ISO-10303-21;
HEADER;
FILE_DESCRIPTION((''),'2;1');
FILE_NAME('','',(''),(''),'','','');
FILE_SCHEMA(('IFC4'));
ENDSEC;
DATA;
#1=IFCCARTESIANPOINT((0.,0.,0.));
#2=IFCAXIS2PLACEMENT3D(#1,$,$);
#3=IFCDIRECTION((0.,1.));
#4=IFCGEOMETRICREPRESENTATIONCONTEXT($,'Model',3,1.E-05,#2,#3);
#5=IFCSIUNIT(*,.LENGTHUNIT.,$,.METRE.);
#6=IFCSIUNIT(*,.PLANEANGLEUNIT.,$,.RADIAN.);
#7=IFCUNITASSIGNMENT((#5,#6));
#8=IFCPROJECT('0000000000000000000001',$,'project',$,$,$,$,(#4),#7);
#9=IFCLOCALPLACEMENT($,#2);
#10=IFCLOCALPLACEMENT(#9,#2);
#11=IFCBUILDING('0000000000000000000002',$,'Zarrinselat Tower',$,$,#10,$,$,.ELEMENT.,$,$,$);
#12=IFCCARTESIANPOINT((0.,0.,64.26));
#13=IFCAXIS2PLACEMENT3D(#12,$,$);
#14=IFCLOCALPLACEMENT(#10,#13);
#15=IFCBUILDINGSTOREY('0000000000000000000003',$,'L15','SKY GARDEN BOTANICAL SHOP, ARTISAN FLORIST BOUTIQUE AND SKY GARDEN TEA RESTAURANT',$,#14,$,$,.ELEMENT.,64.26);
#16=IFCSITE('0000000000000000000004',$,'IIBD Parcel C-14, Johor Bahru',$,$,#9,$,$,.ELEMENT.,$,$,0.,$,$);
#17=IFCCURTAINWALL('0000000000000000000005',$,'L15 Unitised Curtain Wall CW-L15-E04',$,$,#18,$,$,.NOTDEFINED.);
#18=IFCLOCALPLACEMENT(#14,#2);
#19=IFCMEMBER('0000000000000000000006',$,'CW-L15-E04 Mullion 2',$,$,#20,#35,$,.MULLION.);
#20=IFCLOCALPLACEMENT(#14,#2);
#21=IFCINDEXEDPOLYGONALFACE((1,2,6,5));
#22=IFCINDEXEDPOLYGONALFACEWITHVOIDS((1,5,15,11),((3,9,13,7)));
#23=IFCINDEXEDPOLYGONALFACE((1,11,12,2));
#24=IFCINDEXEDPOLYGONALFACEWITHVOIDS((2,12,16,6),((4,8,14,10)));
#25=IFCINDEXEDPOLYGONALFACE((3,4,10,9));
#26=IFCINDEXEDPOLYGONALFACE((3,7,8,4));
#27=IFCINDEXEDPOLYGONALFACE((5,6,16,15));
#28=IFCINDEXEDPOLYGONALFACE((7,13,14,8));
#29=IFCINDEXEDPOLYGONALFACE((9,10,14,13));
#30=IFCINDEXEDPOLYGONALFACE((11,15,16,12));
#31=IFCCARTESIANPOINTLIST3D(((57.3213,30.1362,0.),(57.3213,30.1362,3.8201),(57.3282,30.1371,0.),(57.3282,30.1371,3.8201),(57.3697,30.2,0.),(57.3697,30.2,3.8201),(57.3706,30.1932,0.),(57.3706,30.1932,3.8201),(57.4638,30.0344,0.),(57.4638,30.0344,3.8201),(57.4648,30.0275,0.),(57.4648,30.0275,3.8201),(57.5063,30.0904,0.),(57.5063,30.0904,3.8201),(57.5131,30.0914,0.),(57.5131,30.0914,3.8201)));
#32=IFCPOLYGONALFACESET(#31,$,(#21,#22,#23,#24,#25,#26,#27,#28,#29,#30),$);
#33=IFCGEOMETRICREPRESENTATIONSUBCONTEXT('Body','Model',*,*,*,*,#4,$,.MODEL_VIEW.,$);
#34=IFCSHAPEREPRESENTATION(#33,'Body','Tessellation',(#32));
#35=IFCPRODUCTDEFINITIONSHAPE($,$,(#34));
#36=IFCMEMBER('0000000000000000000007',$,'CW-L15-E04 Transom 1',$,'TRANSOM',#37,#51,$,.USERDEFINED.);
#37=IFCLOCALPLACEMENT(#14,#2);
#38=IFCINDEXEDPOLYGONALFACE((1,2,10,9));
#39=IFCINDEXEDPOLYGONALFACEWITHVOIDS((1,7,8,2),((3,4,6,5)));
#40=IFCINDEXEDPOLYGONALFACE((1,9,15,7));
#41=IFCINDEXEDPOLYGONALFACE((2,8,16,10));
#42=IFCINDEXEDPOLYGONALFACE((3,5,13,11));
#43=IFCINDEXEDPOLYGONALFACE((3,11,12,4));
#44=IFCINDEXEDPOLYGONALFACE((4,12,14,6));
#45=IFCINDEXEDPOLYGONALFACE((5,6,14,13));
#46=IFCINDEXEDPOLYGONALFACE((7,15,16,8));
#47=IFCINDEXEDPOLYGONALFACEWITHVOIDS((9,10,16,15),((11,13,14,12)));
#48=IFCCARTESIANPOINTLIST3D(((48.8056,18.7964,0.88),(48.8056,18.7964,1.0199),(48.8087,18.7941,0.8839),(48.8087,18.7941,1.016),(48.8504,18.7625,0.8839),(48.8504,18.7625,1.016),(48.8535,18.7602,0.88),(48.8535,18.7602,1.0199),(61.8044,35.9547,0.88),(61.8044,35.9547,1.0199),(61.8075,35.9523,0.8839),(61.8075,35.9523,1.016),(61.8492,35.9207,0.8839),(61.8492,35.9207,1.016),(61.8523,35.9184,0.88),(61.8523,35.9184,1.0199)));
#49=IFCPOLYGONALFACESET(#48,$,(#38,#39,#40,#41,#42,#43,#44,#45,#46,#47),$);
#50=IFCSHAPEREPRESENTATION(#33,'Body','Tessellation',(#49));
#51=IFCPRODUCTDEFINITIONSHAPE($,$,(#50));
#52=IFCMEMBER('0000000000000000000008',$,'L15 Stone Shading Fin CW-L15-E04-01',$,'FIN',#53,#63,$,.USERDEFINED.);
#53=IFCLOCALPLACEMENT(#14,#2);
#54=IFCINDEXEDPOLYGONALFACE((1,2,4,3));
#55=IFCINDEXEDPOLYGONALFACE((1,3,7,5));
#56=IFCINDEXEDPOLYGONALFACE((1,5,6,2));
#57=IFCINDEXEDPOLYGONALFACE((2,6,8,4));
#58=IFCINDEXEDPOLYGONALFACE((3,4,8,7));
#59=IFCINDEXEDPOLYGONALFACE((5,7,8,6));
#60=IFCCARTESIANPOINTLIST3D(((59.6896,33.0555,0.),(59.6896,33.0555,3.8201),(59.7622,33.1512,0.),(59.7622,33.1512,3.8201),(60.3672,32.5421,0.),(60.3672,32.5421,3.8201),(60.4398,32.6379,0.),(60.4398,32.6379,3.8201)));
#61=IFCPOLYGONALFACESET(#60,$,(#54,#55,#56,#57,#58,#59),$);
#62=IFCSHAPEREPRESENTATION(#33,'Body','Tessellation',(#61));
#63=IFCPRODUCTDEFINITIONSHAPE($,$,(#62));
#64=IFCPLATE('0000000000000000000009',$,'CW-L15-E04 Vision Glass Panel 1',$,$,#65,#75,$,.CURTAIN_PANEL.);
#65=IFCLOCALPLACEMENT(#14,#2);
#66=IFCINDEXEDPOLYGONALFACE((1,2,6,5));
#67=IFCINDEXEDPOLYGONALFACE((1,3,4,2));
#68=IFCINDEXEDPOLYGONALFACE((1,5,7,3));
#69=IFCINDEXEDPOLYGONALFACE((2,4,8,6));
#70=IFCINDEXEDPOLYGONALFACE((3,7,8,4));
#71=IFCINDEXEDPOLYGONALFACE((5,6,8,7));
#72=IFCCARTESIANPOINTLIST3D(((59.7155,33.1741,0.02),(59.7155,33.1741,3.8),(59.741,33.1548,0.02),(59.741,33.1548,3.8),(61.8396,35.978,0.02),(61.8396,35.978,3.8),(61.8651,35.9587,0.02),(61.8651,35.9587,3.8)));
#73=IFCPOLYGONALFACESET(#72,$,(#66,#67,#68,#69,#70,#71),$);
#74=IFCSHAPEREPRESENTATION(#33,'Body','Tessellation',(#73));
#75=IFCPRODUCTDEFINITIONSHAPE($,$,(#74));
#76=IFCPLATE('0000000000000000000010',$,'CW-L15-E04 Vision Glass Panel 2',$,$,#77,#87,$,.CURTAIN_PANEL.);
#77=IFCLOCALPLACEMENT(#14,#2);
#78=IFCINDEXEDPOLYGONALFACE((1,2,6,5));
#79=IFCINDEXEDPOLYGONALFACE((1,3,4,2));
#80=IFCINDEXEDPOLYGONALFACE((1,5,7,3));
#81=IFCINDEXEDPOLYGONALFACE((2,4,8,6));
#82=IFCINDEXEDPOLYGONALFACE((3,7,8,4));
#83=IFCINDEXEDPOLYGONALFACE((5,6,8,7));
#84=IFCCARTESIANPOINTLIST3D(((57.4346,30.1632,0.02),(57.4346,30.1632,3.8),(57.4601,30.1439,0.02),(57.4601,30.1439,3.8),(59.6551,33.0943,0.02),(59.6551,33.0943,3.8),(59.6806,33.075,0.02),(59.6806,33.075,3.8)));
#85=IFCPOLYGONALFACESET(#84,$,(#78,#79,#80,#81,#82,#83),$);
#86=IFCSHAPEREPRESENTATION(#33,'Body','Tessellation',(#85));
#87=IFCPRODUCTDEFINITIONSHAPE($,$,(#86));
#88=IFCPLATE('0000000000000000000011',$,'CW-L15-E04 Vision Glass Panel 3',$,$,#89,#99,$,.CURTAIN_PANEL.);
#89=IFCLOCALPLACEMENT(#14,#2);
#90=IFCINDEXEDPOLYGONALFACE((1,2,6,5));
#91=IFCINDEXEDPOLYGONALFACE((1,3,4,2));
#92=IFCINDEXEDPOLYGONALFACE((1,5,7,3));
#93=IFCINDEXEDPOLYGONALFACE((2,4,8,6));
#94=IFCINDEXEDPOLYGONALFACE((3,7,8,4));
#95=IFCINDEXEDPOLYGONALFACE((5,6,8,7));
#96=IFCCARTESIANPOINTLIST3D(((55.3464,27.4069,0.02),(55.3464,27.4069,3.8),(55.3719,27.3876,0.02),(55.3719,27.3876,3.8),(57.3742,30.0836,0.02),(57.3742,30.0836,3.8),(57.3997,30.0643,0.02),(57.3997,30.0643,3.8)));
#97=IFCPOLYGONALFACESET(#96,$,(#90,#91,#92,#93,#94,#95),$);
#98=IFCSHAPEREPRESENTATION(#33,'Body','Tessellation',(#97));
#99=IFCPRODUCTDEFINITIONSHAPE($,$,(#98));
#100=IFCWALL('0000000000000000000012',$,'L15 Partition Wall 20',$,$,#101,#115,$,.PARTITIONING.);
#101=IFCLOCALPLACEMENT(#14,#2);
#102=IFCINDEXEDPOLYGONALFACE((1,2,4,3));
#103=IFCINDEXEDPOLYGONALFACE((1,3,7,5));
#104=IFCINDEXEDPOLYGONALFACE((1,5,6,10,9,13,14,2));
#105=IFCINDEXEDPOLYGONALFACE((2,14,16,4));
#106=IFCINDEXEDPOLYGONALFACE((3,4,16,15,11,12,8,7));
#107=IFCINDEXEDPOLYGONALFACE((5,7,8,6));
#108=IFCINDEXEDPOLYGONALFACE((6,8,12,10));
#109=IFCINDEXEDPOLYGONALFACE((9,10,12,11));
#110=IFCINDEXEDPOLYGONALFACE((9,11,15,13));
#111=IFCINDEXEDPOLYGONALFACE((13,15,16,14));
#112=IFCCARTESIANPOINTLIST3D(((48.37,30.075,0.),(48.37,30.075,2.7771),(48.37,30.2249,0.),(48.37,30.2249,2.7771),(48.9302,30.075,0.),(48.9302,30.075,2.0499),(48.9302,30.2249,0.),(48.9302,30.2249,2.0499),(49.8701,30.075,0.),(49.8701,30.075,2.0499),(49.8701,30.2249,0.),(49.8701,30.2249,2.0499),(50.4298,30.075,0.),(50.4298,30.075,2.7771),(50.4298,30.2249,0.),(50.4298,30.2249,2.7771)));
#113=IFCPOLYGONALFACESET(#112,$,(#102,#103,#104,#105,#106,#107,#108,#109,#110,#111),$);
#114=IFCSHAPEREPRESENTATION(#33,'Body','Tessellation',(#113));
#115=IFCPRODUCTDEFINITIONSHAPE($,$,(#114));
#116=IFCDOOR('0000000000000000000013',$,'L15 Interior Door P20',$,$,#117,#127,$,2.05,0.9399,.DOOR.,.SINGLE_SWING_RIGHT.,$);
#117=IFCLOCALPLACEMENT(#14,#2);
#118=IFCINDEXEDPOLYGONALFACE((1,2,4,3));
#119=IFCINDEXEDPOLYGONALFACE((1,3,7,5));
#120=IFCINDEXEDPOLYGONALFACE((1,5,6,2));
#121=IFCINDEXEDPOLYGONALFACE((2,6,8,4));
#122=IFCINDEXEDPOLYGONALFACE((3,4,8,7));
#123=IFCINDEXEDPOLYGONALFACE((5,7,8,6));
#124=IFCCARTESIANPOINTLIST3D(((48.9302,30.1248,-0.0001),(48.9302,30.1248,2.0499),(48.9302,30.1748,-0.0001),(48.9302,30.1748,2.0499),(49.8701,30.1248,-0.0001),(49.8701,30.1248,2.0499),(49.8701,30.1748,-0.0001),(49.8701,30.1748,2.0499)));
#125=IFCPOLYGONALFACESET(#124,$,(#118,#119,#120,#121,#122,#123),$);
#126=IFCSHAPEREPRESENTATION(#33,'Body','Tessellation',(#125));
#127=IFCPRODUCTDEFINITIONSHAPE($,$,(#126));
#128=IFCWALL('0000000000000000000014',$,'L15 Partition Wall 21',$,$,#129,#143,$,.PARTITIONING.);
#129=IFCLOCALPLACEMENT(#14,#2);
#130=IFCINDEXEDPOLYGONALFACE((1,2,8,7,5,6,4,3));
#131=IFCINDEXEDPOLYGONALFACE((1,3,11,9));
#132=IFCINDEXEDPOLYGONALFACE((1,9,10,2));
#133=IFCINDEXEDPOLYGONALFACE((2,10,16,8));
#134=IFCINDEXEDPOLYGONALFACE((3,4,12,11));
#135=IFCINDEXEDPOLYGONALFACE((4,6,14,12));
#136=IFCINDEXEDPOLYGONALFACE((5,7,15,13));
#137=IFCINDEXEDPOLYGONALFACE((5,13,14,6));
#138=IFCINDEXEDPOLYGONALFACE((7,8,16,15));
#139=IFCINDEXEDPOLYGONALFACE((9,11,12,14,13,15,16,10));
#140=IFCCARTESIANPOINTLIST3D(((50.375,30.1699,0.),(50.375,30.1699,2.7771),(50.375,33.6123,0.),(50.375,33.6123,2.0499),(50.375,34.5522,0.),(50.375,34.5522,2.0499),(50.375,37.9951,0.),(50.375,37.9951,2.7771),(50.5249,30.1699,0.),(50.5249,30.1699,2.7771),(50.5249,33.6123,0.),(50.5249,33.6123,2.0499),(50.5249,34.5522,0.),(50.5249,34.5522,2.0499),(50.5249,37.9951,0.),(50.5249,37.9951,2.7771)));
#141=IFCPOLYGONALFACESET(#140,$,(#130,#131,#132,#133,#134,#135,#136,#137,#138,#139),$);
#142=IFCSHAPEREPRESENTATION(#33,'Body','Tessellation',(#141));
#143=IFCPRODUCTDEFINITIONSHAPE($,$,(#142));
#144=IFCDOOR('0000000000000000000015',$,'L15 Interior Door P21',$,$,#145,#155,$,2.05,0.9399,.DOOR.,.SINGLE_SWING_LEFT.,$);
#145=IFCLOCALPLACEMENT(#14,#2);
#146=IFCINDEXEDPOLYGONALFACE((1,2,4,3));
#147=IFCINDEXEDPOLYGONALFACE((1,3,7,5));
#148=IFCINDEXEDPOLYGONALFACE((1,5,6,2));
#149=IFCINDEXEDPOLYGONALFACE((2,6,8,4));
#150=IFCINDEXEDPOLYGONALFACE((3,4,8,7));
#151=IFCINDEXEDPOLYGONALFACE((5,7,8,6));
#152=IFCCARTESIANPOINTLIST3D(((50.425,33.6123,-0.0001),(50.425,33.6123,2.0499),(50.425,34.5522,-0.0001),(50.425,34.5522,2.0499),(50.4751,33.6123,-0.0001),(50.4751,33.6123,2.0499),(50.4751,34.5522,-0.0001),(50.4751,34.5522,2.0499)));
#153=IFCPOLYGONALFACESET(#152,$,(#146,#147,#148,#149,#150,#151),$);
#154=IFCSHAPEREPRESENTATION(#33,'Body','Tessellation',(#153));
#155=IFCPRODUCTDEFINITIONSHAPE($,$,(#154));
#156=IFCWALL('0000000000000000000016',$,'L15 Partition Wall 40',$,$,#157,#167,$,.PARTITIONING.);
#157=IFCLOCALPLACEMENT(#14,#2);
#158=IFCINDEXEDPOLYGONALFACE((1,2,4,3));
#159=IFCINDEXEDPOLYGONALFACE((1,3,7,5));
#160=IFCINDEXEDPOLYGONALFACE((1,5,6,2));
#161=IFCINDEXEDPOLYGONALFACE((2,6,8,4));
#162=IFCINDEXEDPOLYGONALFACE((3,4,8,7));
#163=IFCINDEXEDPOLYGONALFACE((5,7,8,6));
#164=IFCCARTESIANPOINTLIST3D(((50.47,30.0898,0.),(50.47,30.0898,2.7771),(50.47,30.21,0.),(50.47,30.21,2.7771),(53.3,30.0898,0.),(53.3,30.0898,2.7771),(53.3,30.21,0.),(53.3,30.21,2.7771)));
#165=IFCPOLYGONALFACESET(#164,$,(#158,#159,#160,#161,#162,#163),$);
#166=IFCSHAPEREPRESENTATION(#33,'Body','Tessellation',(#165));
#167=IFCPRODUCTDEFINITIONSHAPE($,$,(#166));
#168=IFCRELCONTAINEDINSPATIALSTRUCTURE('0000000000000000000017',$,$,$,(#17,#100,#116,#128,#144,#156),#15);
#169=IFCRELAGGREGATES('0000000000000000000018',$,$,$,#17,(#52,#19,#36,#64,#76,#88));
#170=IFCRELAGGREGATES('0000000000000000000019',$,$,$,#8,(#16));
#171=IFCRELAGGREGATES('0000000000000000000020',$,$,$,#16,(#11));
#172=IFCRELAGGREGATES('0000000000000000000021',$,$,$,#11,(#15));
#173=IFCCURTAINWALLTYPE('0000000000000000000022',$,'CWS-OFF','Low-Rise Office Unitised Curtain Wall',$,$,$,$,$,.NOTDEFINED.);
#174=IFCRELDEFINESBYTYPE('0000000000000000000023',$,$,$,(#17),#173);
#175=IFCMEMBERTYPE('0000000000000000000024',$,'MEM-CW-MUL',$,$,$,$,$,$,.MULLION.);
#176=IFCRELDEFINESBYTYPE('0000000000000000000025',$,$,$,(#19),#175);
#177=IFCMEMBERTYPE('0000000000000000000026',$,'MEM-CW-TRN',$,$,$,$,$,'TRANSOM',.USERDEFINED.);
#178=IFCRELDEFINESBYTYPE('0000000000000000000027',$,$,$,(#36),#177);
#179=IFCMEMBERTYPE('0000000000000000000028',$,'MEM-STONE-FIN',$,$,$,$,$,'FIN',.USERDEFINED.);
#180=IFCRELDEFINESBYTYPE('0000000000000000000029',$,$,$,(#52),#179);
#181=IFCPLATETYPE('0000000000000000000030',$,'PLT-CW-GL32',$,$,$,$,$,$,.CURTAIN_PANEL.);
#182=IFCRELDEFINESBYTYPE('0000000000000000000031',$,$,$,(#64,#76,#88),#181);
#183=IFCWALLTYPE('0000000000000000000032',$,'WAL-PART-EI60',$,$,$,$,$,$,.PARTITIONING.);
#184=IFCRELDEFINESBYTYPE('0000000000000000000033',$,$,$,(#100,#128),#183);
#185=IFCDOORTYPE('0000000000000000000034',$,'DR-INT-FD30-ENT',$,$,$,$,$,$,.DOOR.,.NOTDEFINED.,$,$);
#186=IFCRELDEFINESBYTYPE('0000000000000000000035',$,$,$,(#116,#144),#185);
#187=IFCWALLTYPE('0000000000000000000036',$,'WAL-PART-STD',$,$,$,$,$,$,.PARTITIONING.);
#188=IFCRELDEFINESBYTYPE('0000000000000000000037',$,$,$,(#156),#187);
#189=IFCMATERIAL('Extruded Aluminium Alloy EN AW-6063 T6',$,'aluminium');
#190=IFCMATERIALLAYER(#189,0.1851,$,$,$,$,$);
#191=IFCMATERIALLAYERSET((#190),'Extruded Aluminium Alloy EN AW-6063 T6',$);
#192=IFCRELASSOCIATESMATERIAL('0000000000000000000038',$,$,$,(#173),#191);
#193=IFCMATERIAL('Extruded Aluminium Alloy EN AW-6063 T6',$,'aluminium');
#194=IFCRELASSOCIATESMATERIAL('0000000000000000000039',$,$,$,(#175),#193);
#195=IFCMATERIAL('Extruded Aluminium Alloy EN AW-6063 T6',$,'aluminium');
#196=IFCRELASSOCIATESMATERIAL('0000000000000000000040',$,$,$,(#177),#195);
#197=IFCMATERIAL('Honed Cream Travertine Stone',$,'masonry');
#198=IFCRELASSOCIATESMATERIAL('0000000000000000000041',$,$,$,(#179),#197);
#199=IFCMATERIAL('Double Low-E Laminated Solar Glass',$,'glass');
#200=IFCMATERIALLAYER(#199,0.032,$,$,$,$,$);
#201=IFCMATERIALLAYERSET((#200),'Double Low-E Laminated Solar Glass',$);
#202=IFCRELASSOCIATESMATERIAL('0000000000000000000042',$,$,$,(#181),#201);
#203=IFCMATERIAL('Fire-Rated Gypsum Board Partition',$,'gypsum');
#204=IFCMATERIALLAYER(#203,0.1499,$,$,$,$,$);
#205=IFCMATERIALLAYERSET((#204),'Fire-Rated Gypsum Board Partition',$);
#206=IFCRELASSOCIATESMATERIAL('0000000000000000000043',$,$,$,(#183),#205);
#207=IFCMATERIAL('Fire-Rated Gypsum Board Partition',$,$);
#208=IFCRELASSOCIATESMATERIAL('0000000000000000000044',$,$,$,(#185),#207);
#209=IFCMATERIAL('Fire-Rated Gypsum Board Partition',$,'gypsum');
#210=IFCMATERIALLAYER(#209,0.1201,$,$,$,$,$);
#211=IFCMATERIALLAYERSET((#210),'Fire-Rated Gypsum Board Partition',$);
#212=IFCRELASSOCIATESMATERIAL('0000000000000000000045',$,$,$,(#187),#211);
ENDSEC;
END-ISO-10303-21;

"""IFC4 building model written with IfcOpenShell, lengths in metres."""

from ifc_helpers import new_model, si_unit, direction, frame, frame_2d, origin, origin_2d, place, context, subcontext, project, spatial, rectangle, hollow_rectangle, extrude, material, layer, layer_set, material_profile, profile_set, type_object, element, fill, aggregate, save


model = new_model("IFC4")

# Units and contexts
model_context = context("Model", 3, precision=1e-05, world=origin(), true_north=direction((0.0, 1.0)))
body_context = subcontext(model_context, "Body", "Model", "MODEL_VIEW")
ifc_project = project(units=[si_unit("LENGTHUNIT", "METRE"), si_unit("PLANEANGLEUNIT", "RADIAN")], contexts=[model_context])

# Site, building, storey
site_placement = place(None, origin())
site = spatial("IfcSite", under=ifc_project, at=site_placement, Name="IIBD Parcel C-14, Johor Bahru", CompositionType="ELEMENT", RefElevation=0.0)
building_placement = place(site_placement, origin())
building = spatial("IfcBuilding", under=site, at=building_placement, Name="Zarrinselat Tower", CompositionType="ELEMENT")
storey_placement = place(building_placement, frame((0.0, 0.0, 64.26)))
storey = spatial("IfcBuildingStorey", under=building, at=storey_placement, Name="L15", Description="SKY GARDEN BOTANICAL SHOP, ARTISAN FLORIST BOUTIQUE AND SKY GARDEN TEA RESTAURANT", CompositionType="ELEMENT", Elevation=64.26)

# Shared definitions
ifc_material_1 = material(Name="Extruded Aluminium Alloy EN AW-6063 T6", Category="aluminium")
ifc_layer_1 = layer(ifc_material_1, 0.1851)
ifc_layer_set_1 = layer_set([ifc_layer_1], Name="Extruded Aluminium Alloy EN AW-6063 T6")
curtain_wall_type = type_object("IfcCurtainWallType", Name="CWS-OFF", Description="Low-Rise Office Unitised Curtain Wall", PredefinedType="NOTDEFINED", material=ifc_layer_set_1)
ifc_material_2 = material(Name="Extruded Aluminium Alloy EN AW-6063 T6", Category="aluminium")
ifc_material_profile_1 = material_profile(ifc_material_2, hollow_rectangle(XDim=0.0801, YDim=0.1799, WallThickness=0.0049, at=origin_2d()), Name="RHS 180x80x5")
ifc_profile_set_1 = profile_set([ifc_material_profile_1], Name="Extruded Aluminium Alloy EN AW-6063 T6")
member_type_1 = type_object("IfcMemberType", Name="MEM-CW-MUL", PredefinedType="MULLION", material=ifc_profile_set_1)

# Curtain wall, members, plates
curtain_wall_1_placement = place(storey_placement, origin())
curtain_wall_1 = element("IfcCurtainWall", 1, at=curtain_wall_1_placement, inside=storey, type_object=curtain_wall_type, Name="L15 Unitised Curtain Wall CW-L15-E04", PredefinedType="NOTDEFINED")
member_1_placement = place(storey_placement, frame((57.4172, 30.1138, 0.0), z_axis=(0.0, 0.0, 1.0), x_axis=(-0.603859, -0.797091, 0.0)))
member_1 = element("IfcMember", 2, at=member_1_placement, type_object=member_type_1, Name="CW-L15-E04 Mullion 2", PredefinedType="MULLION", context=body_context, shape_type="SweptSolid", body=[
    extrude(hollow_rectangle(XDim=0.0801, YDim=0.1799, WallThickness=0.0049, at=origin_2d()), origin(), (0.0, 0.0, 1.0), 3.8201),
])
ifc_material_3 = material(Name="Extruded Aluminium Alloy EN AW-6063 T6", Category="aluminium")
ifc_material_profile_2 = material_profile(ifc_material_3, hollow_rectangle(XDim=0.0601, YDim=0.1399, WallThickness=0.0039, at=origin_2d()), Name="RHS 140x60x4")
ifc_profile_set_2 = profile_set([ifc_material_profile_2], Name="Extruded Aluminium Alloy EN AW-6063 T6")
member_type_2 = type_object("IfcMemberType", Name="MEM-CW-TRN", ElementType="TRANSOM", PredefinedType="USERDEFINED", material=ifc_profile_set_2)
member_2_placement = place(storey_placement, frame((61.8284, 35.9365, 0.95), z_axis=(-0.603862, -0.797089, 0.0), x_axis=(0.797089, -0.603862, 0.0)))
member_2 = element("IfcMember", 3, at=member_2_placement, type_object=member_type_2, Name="CW-L15-E04 Transom 1", ObjectType="TRANSOM", PredefinedType="USERDEFINED", context=body_context, shape_type="SweptSolid", body=[
    extrude(hollow_rectangle(XDim=0.0601, YDim=0.1399, WallThickness=0.0039, at=origin_2d()), origin(), (0.0, 0.0, 1.0), 21.5261),
])
ifc_material_4 = material(Name="Honed Cream Travertine Stone", Category="masonry")
ifc_material_profile_3 = material_profile(ifc_material_4, rectangle(XDim=0.1201, YDim=0.8501, at=origin_2d()), Name="FIN 850x120")
ifc_profile_set_3 = profile_set([ifc_material_profile_3], Name="Honed Cream Travertine Stone")
member_type_3 = type_object("IfcMemberType", Name="MEM-STONE-FIN", ElementType="FIN", PredefinedType="USERDEFINED", material=ifc_profile_set_3)
member_3_placement = place(storey_placement, frame((60.0647, 32.8467, 0.0), z_axis=(0.0, 0.0, 1.0), x_axis=(-0.603859, -0.797091, 0.0)))
member_3 = element("IfcMember", 4, at=member_3_placement, type_object=member_type_3, Name="L15 Stone Shading Fin CW-L15-E04-01", ObjectType="FIN", PredefinedType="USERDEFINED", context=body_context, shape_type="SweptSolid", body=[
    extrude(rectangle(XDim=0.1201, YDim=0.8501, at=origin_2d()), origin(), (0.0, 0.0, 1.0), 3.8201),
])
ifc_material_5 = material(Name="Double Low-E Laminated Solar Glass", Category="glass")
ifc_layer_2 = layer(ifc_material_5, 0.032)
ifc_layer_set_2 = layer_set([ifc_layer_2], Name="Double Low-E Laminated Solar Glass")
plate_type = type_object("IfcPlateType", Name="PLT-CW-GL32", PredefinedType="CURTAIN_PANEL", material=ifc_layer_set_2)
plate_1_placement = place(storey_placement, frame((60.7903, 34.5664, 0.02), z_axis=(0.0, 0.0, 1.0), x_axis=(-0.603859, -0.797091, 0.0)))
plate_1 = element("IfcPlate", 5, at=plate_1_placement, type_object=plate_type, Name="CW-L15-E04 Vision Glass Panel 1", PredefinedType="CURTAIN_PANEL", context=body_context, shape_type="SweptSolid", body=[
    extrude(rectangle(XDim=3.5176, YDim=0.032, at=origin_2d()), origin(), (0.0, 0.0, 1.0), 3.78),
])
plate_2_placement = place(storey_placement, frame((58.5576, 31.6191, 0.02), z_axis=(0.0, 0.0, 1.0), x_axis=(-0.603859, -0.797091, 0.0)))
plate_2 = element("IfcPlate", 6, at=plate_2_placement, type_object=plate_type, Name="CW-L15-E04 Vision Glass Panel 2", PredefinedType="CURTAIN_PANEL", context=body_context, shape_type="SweptSolid", body=[
    extrude(rectangle(XDim=3.6772, YDim=0.032, at=origin_2d()), origin(), (0.0, 0.0, 1.0), 3.78),
])
plate_3_placement = place(storey_placement, frame((56.373, 28.7356, 0.02), z_axis=(0.0, 0.0, 1.0), x_axis=(-0.603859, -0.797091, 0.0)))
plate_3 = element("IfcPlate", 7, at=plate_3_placement, type_object=plate_type, Name="CW-L15-E04 Vision Glass Panel 3", PredefinedType="CURTAIN_PANEL", context=body_context, shape_type="SweptSolid", body=[
    extrude(rectangle(XDim=3.3582, YDim=0.032, at=origin_2d()), origin(), (0.0, 0.0, 1.0), 3.78),
])
aggregate(curtain_wall_1, [member_3, member_1, member_2, plate_1, plate_2, plate_3])

# Walls, openings, doors
ifc_material_6 = material(Name="Fire-Rated Gypsum Board Partition", Category="gypsum")
ifc_layer_3 = layer(ifc_material_6, 0.1499)
ifc_layer_set_3 = layer_set([ifc_layer_3], Name="Fire-Rated Gypsum Board Partition")
wall_type_1 = type_object("IfcWallType", Name="WAL-PART-EI60", PredefinedType="PARTITIONING", material=ifc_layer_set_3)
wall_1_placement = place(storey_placement, frame((48.3701, 30.1499, 0.0), z_axis=(0.0, 0.0, 1.0), x_axis=(1.0, 0.0, 0.0)))
wall_1 = element("IfcWall", 8, at=wall_1_placement, inside=storey, type_object=wall_type_1, Name="L15 Partition Wall 20", PredefinedType="PARTITIONING", context=body_context, shape_type="SweptSolid", body=[
    extrude(rectangle(XDim=2.0598, YDim=0.1499, at=frame_2d((1.0298, 0.0))), origin(), (0.0, 0.0, 1.0), 2.7771),
])
opening_1_placement = place(wall_1_placement, frame((0.5601, 0.0, 0.0)))
opening_1 = element("IfcOpeningElement", 9, at=opening_1_placement, cuts=wall_1, PredefinedType="OPENING", context=body_context, shape_type="SweptSolid", body=[
    extrude(rectangle(XDim=0.9399, YDim=2.05, at=frame_2d((0.47, 1.0249))), frame((0.0, 0.085, 0.0), z_axis=(0.0, -1.0, 0.0), x_axis=(1.0, 0.0, 0.0)), (0.0, 0.0, 1.0), 0.1699),
])
ifc_material_7 = material(Name="Fire-Rated Gypsum Board Partition")
door_type = type_object("IfcDoorType", Name="DR-INT-FD30-ENT", OperationType="NOTDEFINED", PredefinedType="DOOR", material=ifc_material_7)
door_1_placement = place(opening_1_placement, origin())
door_1 = element("IfcDoor", 10, at=door_1_placement, inside=storey, type_object=door_type, Name="L15 Interior Door P20", OperationType="SINGLE_SWING_RIGHT", OverallHeight=2.05, OverallWidth=0.9399, PredefinedType="DOOR", context=body_context, shape_type="SweptSolid", body=[
    extrude(rectangle(XDim=0.9399, YDim=2.05, at=frame_2d((0.47, 1.0249))), frame((0.0, 0.0249, 0.0), z_axis=(0.0, -1.0, 0.0), x_axis=(1.0, 0.0, 0.0)), (0.0, 0.0, 1.0), 0.05),
])
fill(opening_1, door_1)
wall_2_placement = place(storey_placement, frame((50.45, 30.1699, 0.0), z_axis=(0.0, 0.0, 1.0), x_axis=(0.0, 1.0, 0.0)))
wall_2 = element("IfcWall", 11, at=wall_2_placement, inside=storey, type_object=wall_type_1, Name="L15 Partition Wall 21", PredefinedType="PARTITIONING", context=body_context, shape_type="SweptSolid", body=[
    extrude(rectangle(XDim=7.8252, YDim=0.1499, at=frame_2d((3.9126, 0.0))), origin(), (0.0, 0.0, 1.0), 2.7771),
])
opening_2_placement = place(wall_2_placement, frame((3.4424, 0.0, 0.0)))
opening_2 = element("IfcOpeningElement", 12, at=opening_2_placement, cuts=wall_2, PredefinedType="OPENING", context=body_context, shape_type="SweptSolid", body=[
    extrude(rectangle(XDim=0.9399, YDim=2.05, at=frame_2d((0.47, 1.0249))), frame((0.0, 0.085, 0.0), z_axis=(0.0, -1.0, 0.0), x_axis=(1.0, 0.0, 0.0)), (0.0, 0.0, 1.0), 0.1699),
])
door_2_placement = place(opening_2_placement, origin())
door_2 = element("IfcDoor", 13, at=door_2_placement, inside=storey, type_object=door_type, Name="L15 Interior Door P21", OperationType="SINGLE_SWING_LEFT", OverallHeight=2.05, OverallWidth=0.9399, PredefinedType="DOOR", context=body_context, shape_type="SweptSolid", body=[
    extrude(rectangle(XDim=0.9399, YDim=2.05, at=frame_2d((0.47, 1.0249))), frame((0.0, 0.0249, 0.0), z_axis=(0.0, -1.0, 0.0), x_axis=(1.0, 0.0, 0.0)), (0.0, 0.0, 1.0), 0.05),
])
fill(opening_2, door_2)

# Wall
ifc_material_8 = material(Name="Fire-Rated Gypsum Board Partition", Category="gypsum")
ifc_layer_4 = layer(ifc_material_8, 0.1201)
ifc_layer_set_4 = layer_set([ifc_layer_4], Name="Fire-Rated Gypsum Board Partition")
wall_type_2 = type_object("IfcWallType", Name="WAL-PART-STD", PredefinedType="PARTITIONING", material=ifc_layer_set_4)
wall_3_placement = place(storey_placement, frame((50.47, 30.1499, 0.0), z_axis=(0.0, 0.0, 1.0), x_axis=(1.0, 0.0, 0.0)))
element("IfcWall", 14, at=wall_3_placement, inside=storey, type_object=wall_type_2, Name="L15 Partition Wall 40", PredefinedType="PARTITIONING", context=body_context, shape_type="SweptSolid", body=[
    extrude(rectangle(XDim=2.8301, YDim=0.1201, at=frame_2d((1.415, 0.0))), origin(), (0.0, 0.0, 1.0), 2.7771),
])

save(model, "model.ifc")
